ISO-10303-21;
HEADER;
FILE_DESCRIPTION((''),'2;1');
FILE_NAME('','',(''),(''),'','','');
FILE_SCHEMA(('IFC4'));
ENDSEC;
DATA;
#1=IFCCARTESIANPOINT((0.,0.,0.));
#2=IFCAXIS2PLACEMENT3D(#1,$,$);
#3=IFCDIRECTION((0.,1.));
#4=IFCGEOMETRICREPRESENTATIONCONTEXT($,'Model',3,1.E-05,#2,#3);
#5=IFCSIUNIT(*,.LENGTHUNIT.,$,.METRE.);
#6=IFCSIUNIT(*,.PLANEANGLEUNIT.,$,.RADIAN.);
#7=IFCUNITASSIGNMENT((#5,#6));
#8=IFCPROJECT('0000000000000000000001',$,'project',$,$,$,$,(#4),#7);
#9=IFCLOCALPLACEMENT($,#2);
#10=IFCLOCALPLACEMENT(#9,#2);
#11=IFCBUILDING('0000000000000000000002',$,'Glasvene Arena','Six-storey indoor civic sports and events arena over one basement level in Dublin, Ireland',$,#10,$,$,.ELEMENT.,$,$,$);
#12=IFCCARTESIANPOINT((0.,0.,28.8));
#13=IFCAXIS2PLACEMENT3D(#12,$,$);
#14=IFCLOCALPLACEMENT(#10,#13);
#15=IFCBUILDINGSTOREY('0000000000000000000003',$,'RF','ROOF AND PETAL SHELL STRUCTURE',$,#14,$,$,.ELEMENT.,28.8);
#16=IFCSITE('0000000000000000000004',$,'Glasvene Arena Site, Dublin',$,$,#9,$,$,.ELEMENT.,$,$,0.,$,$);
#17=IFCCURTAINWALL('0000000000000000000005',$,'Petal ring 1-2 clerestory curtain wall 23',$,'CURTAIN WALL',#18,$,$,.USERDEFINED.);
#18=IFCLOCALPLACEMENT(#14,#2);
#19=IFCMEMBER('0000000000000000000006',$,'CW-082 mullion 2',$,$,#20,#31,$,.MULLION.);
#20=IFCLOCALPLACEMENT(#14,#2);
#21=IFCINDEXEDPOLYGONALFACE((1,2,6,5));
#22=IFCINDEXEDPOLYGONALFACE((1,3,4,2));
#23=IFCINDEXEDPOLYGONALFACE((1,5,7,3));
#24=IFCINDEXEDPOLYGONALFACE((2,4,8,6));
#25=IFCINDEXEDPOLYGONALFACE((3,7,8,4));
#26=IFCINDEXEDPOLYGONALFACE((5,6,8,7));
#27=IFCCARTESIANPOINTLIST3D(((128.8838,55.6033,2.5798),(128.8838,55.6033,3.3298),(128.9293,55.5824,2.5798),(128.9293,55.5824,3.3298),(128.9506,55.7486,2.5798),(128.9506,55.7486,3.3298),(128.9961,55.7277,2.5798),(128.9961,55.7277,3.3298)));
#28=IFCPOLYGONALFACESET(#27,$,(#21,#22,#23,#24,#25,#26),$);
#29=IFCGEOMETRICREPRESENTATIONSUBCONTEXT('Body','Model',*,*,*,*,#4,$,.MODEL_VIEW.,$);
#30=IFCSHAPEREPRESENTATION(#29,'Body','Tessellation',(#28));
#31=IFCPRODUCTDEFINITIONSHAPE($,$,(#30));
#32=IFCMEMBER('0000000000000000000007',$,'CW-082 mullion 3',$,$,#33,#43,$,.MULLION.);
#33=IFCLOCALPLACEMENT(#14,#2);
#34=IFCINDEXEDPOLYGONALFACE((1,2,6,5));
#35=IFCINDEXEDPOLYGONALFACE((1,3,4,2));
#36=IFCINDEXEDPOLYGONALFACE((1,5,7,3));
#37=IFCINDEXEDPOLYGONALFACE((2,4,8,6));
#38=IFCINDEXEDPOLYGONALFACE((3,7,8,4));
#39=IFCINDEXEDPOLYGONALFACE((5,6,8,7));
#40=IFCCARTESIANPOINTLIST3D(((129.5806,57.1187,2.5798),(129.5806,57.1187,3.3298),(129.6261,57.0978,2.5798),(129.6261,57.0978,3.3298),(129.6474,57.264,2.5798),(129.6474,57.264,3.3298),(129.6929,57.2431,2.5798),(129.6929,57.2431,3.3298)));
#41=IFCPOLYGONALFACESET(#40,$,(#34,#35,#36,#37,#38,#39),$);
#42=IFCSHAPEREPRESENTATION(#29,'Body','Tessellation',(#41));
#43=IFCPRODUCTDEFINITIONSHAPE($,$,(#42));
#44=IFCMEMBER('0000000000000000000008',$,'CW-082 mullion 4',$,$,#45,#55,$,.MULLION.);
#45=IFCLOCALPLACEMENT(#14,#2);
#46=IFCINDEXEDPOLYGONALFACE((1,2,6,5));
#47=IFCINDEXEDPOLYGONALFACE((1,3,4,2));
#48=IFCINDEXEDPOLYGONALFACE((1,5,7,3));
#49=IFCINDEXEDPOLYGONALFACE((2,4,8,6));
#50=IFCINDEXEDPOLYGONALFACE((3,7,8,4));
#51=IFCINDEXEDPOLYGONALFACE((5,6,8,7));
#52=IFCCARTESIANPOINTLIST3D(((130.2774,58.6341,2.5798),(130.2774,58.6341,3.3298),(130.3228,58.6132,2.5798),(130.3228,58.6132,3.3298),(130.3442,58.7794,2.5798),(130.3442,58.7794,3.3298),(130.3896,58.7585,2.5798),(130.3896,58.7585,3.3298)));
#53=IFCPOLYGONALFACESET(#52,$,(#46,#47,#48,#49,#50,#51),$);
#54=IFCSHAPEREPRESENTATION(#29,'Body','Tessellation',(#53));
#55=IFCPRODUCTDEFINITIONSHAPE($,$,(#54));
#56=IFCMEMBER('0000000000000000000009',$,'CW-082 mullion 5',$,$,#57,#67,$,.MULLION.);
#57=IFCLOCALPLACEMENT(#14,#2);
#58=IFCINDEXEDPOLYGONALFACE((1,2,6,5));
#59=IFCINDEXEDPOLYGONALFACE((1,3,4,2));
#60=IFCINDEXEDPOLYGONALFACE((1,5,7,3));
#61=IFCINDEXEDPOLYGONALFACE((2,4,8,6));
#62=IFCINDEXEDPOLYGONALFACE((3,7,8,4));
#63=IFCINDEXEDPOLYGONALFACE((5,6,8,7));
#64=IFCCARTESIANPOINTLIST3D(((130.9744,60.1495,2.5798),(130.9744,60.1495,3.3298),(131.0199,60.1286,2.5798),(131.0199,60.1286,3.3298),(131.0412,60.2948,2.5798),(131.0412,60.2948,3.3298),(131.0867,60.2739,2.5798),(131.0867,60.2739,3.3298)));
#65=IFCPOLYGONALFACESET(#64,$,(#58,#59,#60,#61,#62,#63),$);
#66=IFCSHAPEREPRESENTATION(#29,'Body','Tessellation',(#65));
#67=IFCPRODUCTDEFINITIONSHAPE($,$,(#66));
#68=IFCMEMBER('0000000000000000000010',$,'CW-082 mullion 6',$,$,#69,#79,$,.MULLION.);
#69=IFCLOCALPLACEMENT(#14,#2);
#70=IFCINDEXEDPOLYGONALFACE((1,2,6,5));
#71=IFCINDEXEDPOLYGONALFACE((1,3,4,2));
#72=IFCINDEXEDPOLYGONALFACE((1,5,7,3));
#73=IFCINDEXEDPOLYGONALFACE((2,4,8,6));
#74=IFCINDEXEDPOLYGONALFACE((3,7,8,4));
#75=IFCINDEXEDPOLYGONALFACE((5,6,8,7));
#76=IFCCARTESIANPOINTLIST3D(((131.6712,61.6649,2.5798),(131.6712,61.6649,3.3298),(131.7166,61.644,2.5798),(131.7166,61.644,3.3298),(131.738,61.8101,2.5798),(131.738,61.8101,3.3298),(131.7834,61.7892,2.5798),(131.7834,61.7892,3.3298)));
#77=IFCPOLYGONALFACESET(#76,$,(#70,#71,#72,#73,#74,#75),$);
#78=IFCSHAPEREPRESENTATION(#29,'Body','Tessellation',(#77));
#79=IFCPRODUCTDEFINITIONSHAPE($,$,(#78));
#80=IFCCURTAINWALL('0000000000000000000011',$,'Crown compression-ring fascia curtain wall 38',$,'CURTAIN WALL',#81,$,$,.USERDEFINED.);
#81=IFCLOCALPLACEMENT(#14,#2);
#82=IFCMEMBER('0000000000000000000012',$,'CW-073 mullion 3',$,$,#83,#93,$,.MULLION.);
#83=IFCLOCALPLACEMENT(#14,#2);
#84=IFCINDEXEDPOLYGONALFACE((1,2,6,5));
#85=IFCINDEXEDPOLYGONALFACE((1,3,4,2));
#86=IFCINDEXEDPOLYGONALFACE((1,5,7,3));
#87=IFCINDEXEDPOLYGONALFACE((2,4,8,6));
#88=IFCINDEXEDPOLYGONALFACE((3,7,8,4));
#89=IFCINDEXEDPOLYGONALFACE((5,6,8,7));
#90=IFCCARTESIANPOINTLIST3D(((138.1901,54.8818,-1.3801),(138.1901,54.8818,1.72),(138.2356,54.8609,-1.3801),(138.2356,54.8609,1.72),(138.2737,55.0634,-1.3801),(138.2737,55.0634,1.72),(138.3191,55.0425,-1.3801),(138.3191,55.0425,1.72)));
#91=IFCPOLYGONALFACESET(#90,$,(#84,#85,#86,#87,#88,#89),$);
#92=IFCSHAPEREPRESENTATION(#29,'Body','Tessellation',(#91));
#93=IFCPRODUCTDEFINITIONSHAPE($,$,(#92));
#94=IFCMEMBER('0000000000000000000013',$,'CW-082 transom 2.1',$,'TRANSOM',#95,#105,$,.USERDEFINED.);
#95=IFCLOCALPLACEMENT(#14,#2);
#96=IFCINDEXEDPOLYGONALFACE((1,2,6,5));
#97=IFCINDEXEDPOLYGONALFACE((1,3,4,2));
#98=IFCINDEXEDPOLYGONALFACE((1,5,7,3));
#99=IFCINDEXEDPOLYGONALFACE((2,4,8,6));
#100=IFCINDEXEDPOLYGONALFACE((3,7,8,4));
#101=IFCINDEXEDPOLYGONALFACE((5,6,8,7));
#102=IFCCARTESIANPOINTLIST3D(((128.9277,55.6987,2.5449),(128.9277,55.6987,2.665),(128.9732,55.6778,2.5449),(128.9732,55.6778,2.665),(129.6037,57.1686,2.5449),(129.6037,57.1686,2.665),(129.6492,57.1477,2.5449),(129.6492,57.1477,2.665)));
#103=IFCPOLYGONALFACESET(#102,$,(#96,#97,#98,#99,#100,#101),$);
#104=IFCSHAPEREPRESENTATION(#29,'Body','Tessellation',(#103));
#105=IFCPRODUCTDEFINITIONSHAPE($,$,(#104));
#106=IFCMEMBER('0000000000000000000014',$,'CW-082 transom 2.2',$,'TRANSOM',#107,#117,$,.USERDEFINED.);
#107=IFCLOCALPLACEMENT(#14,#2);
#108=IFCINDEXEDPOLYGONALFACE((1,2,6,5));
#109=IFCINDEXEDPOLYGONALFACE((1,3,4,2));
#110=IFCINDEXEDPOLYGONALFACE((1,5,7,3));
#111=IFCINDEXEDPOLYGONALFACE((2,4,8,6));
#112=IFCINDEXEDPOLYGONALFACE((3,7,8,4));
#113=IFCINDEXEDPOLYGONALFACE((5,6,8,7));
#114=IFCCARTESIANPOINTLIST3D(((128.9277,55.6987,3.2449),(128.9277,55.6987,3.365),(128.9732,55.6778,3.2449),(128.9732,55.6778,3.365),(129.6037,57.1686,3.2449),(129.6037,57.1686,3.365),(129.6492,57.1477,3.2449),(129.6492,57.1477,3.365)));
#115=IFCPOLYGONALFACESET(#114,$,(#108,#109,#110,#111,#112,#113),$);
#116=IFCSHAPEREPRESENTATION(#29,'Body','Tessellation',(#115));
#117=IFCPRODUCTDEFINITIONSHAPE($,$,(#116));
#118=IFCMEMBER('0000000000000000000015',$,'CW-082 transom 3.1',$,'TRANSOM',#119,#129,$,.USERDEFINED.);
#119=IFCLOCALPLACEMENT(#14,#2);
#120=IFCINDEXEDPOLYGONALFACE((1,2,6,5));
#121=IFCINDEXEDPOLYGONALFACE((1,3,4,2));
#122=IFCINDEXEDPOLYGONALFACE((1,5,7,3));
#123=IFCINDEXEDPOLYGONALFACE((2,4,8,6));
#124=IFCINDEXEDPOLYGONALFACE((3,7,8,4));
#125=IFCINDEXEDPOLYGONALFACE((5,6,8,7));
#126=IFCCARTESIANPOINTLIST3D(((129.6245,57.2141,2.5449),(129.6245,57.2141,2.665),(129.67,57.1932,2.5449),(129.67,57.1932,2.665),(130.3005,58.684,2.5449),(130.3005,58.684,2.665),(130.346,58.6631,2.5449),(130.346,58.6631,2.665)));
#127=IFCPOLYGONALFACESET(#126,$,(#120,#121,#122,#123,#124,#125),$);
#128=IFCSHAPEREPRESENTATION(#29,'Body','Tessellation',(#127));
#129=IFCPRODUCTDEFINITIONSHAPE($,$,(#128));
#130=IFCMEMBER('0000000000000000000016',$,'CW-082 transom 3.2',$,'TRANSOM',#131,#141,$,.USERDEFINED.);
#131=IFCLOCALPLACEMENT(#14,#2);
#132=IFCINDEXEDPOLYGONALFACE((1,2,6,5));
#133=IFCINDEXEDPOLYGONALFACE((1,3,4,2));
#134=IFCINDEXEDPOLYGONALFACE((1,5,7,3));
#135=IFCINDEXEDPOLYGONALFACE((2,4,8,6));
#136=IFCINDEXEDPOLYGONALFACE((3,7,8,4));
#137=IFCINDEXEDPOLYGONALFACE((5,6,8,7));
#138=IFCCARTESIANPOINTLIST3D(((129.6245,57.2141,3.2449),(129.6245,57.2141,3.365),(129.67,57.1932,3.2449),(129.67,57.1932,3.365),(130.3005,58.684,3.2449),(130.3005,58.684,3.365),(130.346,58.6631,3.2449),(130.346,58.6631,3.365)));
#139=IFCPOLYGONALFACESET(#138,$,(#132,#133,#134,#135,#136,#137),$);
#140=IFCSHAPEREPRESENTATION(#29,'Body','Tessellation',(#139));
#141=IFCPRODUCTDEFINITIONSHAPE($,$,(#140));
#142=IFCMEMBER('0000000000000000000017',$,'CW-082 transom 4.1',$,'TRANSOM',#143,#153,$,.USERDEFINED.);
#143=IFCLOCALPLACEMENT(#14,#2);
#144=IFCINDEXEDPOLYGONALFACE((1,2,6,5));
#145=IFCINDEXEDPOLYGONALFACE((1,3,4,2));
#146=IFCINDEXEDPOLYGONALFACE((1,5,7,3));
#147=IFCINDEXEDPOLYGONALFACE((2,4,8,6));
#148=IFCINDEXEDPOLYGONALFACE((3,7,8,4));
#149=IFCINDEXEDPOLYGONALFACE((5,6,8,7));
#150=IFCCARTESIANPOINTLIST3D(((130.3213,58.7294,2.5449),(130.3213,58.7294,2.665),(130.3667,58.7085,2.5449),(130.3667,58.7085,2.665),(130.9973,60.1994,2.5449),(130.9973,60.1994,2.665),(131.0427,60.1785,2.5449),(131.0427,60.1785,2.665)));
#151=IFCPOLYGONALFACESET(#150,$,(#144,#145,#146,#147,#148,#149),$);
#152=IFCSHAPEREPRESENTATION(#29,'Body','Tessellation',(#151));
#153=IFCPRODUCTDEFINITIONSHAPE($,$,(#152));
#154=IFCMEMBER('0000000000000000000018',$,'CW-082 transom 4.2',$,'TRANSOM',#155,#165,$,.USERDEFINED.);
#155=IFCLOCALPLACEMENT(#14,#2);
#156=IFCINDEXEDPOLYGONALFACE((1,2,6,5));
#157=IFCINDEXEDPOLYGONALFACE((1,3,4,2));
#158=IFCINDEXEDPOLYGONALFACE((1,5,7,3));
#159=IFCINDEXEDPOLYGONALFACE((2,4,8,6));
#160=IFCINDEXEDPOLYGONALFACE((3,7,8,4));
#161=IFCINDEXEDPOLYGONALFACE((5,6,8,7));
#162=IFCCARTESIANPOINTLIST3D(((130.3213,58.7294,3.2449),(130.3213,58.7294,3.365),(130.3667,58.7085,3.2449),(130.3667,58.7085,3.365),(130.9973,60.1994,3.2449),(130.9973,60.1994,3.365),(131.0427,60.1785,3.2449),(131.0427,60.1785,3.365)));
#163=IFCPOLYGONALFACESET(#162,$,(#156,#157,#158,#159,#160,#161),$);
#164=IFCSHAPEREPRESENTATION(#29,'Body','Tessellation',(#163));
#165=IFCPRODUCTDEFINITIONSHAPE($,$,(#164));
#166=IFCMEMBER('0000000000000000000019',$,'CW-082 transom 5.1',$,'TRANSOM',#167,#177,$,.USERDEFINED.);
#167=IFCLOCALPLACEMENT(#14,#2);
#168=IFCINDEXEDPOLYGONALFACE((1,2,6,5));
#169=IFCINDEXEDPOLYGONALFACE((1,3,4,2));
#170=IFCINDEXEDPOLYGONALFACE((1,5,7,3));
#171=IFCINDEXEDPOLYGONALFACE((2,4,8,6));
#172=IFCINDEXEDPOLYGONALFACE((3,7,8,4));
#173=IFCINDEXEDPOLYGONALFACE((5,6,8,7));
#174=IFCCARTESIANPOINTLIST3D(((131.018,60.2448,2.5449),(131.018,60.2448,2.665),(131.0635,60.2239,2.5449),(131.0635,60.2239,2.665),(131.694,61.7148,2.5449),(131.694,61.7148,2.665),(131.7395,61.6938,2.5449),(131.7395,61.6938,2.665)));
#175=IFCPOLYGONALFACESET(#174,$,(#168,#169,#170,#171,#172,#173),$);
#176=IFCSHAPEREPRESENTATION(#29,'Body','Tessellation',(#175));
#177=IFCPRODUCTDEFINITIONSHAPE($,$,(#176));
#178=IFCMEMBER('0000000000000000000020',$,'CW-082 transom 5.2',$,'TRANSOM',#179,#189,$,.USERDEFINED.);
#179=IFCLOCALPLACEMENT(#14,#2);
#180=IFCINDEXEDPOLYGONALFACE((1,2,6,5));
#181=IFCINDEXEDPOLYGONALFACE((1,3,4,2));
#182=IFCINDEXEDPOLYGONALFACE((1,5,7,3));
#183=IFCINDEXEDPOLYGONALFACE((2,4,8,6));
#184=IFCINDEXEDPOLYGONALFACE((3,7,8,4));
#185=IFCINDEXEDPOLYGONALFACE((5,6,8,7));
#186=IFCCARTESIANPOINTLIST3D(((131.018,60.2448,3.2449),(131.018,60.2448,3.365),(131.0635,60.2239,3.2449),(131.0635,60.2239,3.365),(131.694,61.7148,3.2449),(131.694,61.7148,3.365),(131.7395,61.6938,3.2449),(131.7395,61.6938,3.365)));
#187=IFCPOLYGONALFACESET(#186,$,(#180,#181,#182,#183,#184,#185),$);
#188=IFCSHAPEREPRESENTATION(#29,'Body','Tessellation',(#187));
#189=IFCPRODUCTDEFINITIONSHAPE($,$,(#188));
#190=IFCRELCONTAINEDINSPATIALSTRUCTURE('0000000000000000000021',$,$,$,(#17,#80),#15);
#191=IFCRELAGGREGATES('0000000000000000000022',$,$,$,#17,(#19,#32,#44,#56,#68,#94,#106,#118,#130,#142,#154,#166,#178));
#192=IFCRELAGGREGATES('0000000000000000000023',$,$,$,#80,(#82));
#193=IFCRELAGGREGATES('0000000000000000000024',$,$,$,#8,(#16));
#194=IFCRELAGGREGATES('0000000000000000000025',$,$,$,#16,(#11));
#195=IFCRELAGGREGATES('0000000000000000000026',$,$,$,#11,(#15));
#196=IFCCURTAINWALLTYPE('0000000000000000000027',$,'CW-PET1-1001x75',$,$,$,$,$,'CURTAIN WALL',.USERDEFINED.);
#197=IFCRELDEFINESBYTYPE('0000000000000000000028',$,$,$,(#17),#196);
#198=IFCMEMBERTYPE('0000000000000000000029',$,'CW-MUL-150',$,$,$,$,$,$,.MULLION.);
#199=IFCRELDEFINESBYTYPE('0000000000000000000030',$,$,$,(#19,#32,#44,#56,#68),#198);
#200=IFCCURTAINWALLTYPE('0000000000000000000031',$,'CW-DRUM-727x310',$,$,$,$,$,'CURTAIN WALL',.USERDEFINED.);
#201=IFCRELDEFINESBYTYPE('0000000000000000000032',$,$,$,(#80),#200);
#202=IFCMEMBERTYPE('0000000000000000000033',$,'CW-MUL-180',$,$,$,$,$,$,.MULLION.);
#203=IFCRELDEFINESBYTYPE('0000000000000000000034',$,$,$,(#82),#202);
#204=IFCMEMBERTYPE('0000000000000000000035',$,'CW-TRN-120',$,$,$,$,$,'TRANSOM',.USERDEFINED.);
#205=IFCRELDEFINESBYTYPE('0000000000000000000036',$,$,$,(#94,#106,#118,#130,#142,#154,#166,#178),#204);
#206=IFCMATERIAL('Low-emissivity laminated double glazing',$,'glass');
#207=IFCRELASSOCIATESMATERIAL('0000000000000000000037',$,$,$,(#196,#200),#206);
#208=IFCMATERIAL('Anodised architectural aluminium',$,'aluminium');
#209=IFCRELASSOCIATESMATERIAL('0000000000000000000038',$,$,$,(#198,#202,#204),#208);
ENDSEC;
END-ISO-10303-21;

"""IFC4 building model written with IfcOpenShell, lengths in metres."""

from ifc_helpers import new_model, si_unit, direction, frame, origin, origin_2d, place, context, subcontext, project, spatial, rectangle, extrude, material, material_profile, profile_set, type_object, element, aggregate, save


model = new_model("IFC4")

# Units and contexts
model_context = context("Model", 3, precision=1e-05, world=origin(), true_north=direction((0.0, 1.0)))
body_context = subcontext(model_context, "Body", "Model", "MODEL_VIEW")
ifc_project = project(units=[si_unit("LENGTHUNIT", "METRE"), si_unit("PLANEANGLEUNIT", "RADIAN")], contexts=[model_context])

# Site, building, storey
site_placement = place(None, origin())
site = spatial("IfcSite", under=ifc_project, at=site_placement, Name="Glasvene Arena Site, Dublin", CompositionType="ELEMENT", RefElevation=0.0)
building_placement = place(site_placement, origin())
building = spatial("IfcBuilding", under=site, at=building_placement, Name="Glasvene Arena", Description="Six-storey indoor civic sports and events arena over one basement level in Dublin, Ireland", CompositionType="ELEMENT")
storey_placement = place(building_placement, frame((0.0, 0.0, 28.8)))
storey = spatial("IfcBuildingStorey", under=building, at=storey_placement, Name="RF", Description="ROOF AND PETAL SHELL STRUCTURE", CompositionType="ELEMENT", Elevation=28.8)

# Curtain wall, members
ifc_material_1 = material(Name="Low-emissivity laminated double glazing", Category="glass")
curtain_wall_type_1 = type_object("IfcCurtainWallType", Name="CW-PET1-1001x75", ElementType="CURTAIN WALL", PredefinedType="USERDEFINED", material=ifc_material_1)
curtain_wall_1_placement = place(storey_placement, frame((128.2432, 54.1499, 0.0)))
curtain_wall_1 = element("IfcCurtainWall", 1, at=curtain_wall_1_placement, inside=storey, type_object=curtain_wall_type_1, Name="Petal ring 1-2 clerestory curtain wall 23", ObjectType="CURTAIN WALL", PredefinedType="USERDEFINED")
ifc_material_2 = material(Name="Anodised architectural aluminium", Category="aluminium")
ifc_material_profile_1 = material_profile(ifc_material_2, rectangle(XDim=0.05, YDim=0.1599, at=origin_2d()), Name="ALU MULLION 50x160")
ifc_profile_set_1 = profile_set([ifc_material_profile_1], Name="Anodised architectural aluminium")
member_type_1 = type_object("IfcMemberType", Name="CW-MUL-150", PredefinedType="MULLION", material=ifc_profile_set_1)
member_1_placement = place(storey_placement, frame((128.9399, 55.6655, 2.5798), z_axis=(0.0, 0.0, 1.0), x_axis=(-0.908557, 0.417761, 0.0)))
member_1 = element("IfcMember", 2, at=member_1_placement, type_object=member_type_1, Name="CW-082 mullion 2", PredefinedType="MULLION", context=body_context, shape_type="SweptSolid", body=[
    extrude(rectangle(XDim=0.05, YDim=0.1599, at=origin_2d()), origin(), (0.0, 0.0, 1.0), 0.75),
])
member_2_placement = place(storey_placement, frame((129.6367, 57.1809, 2.5798), z_axis=(0.0, 0.0, 1.0), x_axis=(-0.908557, 0.417761, 0.0)))
member_2 = element("IfcMember", 3, at=member_2_placement, type_object=member_type_1, Name="CW-082 mullion 3", PredefinedType="MULLION", context=body_context, shape_type="SweptSolid", body=[
    extrude(rectangle(XDim=0.05, YDim=0.1599, at=origin_2d()), origin(), (0.0, 0.0, 1.0), 0.75),
])
member_3_placement = place(storey_placement, frame((130.3335, 58.6963, 2.5798), z_axis=(0.0, 0.0, 1.0), x_axis=(-0.908557, 0.417761, 0.0)))
member_3 = element("IfcMember", 4, at=member_3_placement, type_object=member_type_1, Name="CW-082 mullion 4", PredefinedType="MULLION", context=body_context, shape_type="SweptSolid", body=[
    extrude(rectangle(XDim=0.05, YDim=0.1599, at=origin_2d()), origin(), (0.0, 0.0, 1.0), 0.75),
])
member_4_placement = place(storey_placement, frame((131.0305, 60.2117, 2.5798), z_axis=(0.0, 0.0, 1.0), x_axis=(-0.908557, 0.417761, 0.0)))
member_4 = element("IfcMember", 5, at=member_4_placement, type_object=member_type_1, Name="CW-082 mullion 5", PredefinedType="MULLION", context=body_context, shape_type="SweptSolid", body=[
    extrude(rectangle(XDim=0.05, YDim=0.1599, at=origin_2d()), origin(), (0.0, 0.0, 1.0), 0.75),
])
member_5_placement = place(storey_placement, frame((131.7273, 61.7271, 2.5798), z_axis=(0.0, 0.0, 1.0), x_axis=(-0.908557, 0.417761, 0.0)))
member_5 = element("IfcMember", 6, at=member_5_placement, type_object=member_type_1, Name="CW-082 mullion 6", PredefinedType="MULLION", context=body_context, shape_type="SweptSolid", body=[
    extrude(rectangle(XDim=0.05, YDim=0.1599, at=origin_2d()), origin(), (0.0, 0.0, 1.0), 0.75),
])

# Curtain wall, member
curtain_wall_type_2 = type_object("IfcCurtainWallType", Name="CW-DRUM-727x310", ElementType="CURTAIN WALL", PredefinedType="USERDEFINED", material=ifc_material_1)
curtain_wall_2_placement = place(storey_placement, frame((137.0403, 52.3208, 0.0)))
curtain_wall_2 = element("IfcCurtainWall", 7, at=curtain_wall_2_placement, inside=storey, type_object=curtain_wall_type_2, Name="Crown compression-ring fascia curtain wall 38", ObjectType="CURTAIN WALL", PredefinedType="USERDEFINED")
ifc_material_profile_2 = material_profile(ifc_material_2, rectangle(XDim=0.05, YDim=0.2, at=origin_2d()), Name="ALU MULLION 50x200")
ifc_profile_set_2 = profile_set([ifc_material_profile_2], Name="Anodised architectural aluminium")
member_type_2 = type_object("IfcMemberType", Name="CW-MUL-180", PredefinedType="MULLION", material=ifc_profile_set_2)
member_6_placement = place(storey_placement, frame((138.2546, 54.9622, -1.3801), z_axis=(0.0, 0.0, 1.0), x_axis=(-0.908603, 0.417661, 0.0)))
member_6 = element("IfcMember", 8, at=member_6_placement, type_object=member_type_2, Name="CW-073 mullion 3", PredefinedType="MULLION", context=body_context, shape_type="SweptSolid", body=[
    extrude(rectangle(XDim=0.05, YDim=0.2, at=origin_2d()), origin(), (0.0, 0.0, 1.0), 3.1001),
])

# Members
ifc_material_profile_3 = material_profile(ifc_material_2, rectangle(XDim=0.05, YDim=0.1201, at=origin_2d()), Name="ALU TRANSOM 50x120")
ifc_profile_set_3 = profile_set([ifc_material_profile_3], Name="Anodised architectural aluminium")
member_type_3 = type_object("IfcMemberType", Name="CW-TRN-120", ElementType="TRANSOM", PredefinedType="USERDEFINED", material=ifc_profile_set_3)
member_7_placement = place(storey_placement, frame((128.9504, 55.6882, 2.605), z_axis=(0.417823, 0.908528, 0.0), x_axis=(-0.908528, 0.417823, 0.0)))
member_7 = element("IfcMember", 9, at=member_7_placement, type_object=member_type_3, Name="CW-082 transom 2.1", ObjectType="TRANSOM", PredefinedType="USERDEFINED", context=body_context, shape_type="SweptSolid", body=[
    extrude(rectangle(XDim=0.05, YDim=0.1201, at=origin_2d()), origin(), (0.0, 0.0, 1.0), 1.6179),
])
member_8_placement = place(storey_placement, frame((128.9504, 55.6882, 3.3049), z_axis=(0.417823, 0.908528, 0.0), x_axis=(-0.908528, 0.417823, 0.0)))
member_8 = element("IfcMember", 10, at=member_8_placement, type_object=member_type_3, Name="CW-082 transom 2.2", ObjectType="TRANSOM", PredefinedType="USERDEFINED", context=body_context, shape_type="SweptSolid", body=[
    extrude(rectangle(XDim=0.05, YDim=0.1201, at=origin_2d()), origin(), (0.0, 0.0, 1.0), 1.6179),
])
member_9_placement = place(storey_placement, frame((129.6472, 57.2036, 2.605), z_axis=(0.417823, 0.908528, 0.0), x_axis=(-0.908528, 0.417823, 0.0)))
member_9 = element("IfcMember", 11, at=member_9_placement, type_object=member_type_3, Name="CW-082 transom 3.1", ObjectType="TRANSOM", PredefinedType="USERDEFINED", context=body_context, shape_type="SweptSolid", body=[
    extrude(rectangle(XDim=0.05, YDim=0.1201, at=origin_2d()), origin(), (0.0, 0.0, 1.0), 1.6179),
])
member_10_placement = place(storey_placement, frame((129.6472, 57.2036, 3.3049), z_axis=(0.417823, 0.908528, 0.0), x_axis=(-0.908528, 0.417823, 0.0)))
member_10 = element("IfcMember", 12, at=member_10_placement, type_object=member_type_3, Name="CW-082 transom 3.2", ObjectType="TRANSOM", PredefinedType="USERDEFINED", context=body_context, shape_type="SweptSolid", body=[
    extrude(rectangle(XDim=0.05, YDim=0.1201, at=origin_2d()), origin(), (0.0, 0.0, 1.0), 1.6179),
])
member_11_placement = place(storey_placement, frame((130.344, 58.719, 2.605), z_axis=(0.417823, 0.908528, 0.0), x_axis=(-0.908528, 0.417823, 0.0)))
member_11 = element("IfcMember", 13, at=member_11_placement, type_object=member_type_3, Name="CW-082 transom 4.1", ObjectType="TRANSOM", PredefinedType="USERDEFINED", context=body_context, shape_type="SweptSolid", body=[
    extrude(rectangle(XDim=0.05, YDim=0.1201, at=origin_2d()), origin(), (0.0, 0.0, 1.0), 1.6179),
])
member_12_placement = place(storey_placement, frame((130.344, 58.719, 3.3049), z_axis=(0.417823, 0.908528, 0.0), x_axis=(-0.908528, 0.417823, 0.0)))
member_12 = element("IfcMember", 14, at=member_12_placement, type_object=member_type_3, Name="CW-082 transom 4.2", ObjectType="TRANSOM", PredefinedType="USERDEFINED", context=body_context, shape_type="SweptSolid", body=[
    extrude(rectangle(XDim=0.05, YDim=0.1201, at=origin_2d()), origin(), (0.0, 0.0, 1.0), 1.6179),
])
member_13_placement = place(storey_placement, frame((131.0408, 60.2344, 2.605), z_axis=(0.417823, 0.908528, 0.0), x_axis=(-0.908528, 0.417823, 0.0)))
member_13 = element("IfcMember", 15, at=member_13_placement, type_object=member_type_3, Name="CW-082 transom 5.1", ObjectType="TRANSOM", PredefinedType="USERDEFINED", context=body_context, shape_type="SweptSolid", body=[
    extrude(rectangle(XDim=0.05, YDim=0.1201, at=origin_2d()), origin(), (0.0, 0.0, 1.0), 1.6179),
])
member_14_placement = place(storey_placement, frame((131.0408, 60.2344, 3.3049), z_axis=(0.417823, 0.908528, 0.0), x_axis=(-0.908528, 0.417823, 0.0)))
member_14 = element("IfcMember", 16, at=member_14_placement, type_object=member_type_3, Name="CW-082 transom 5.2", ObjectType="TRANSOM", PredefinedType="USERDEFINED", context=body_context, shape_type="SweptSolid", body=[
    extrude(rectangle(XDim=0.05, YDim=0.1201, at=origin_2d()), origin(), (0.0, 0.0, 1.0), 1.6179),
])

aggregate(curtain_wall_1, [member_1, member_2, member_3, member_4, member_5, member_7, member_8, member_9, member_10, member_11, member_12, member_13, member_14])
aggregate(curtain_wall_2, [member_6])

save(model, "model.ifc")
